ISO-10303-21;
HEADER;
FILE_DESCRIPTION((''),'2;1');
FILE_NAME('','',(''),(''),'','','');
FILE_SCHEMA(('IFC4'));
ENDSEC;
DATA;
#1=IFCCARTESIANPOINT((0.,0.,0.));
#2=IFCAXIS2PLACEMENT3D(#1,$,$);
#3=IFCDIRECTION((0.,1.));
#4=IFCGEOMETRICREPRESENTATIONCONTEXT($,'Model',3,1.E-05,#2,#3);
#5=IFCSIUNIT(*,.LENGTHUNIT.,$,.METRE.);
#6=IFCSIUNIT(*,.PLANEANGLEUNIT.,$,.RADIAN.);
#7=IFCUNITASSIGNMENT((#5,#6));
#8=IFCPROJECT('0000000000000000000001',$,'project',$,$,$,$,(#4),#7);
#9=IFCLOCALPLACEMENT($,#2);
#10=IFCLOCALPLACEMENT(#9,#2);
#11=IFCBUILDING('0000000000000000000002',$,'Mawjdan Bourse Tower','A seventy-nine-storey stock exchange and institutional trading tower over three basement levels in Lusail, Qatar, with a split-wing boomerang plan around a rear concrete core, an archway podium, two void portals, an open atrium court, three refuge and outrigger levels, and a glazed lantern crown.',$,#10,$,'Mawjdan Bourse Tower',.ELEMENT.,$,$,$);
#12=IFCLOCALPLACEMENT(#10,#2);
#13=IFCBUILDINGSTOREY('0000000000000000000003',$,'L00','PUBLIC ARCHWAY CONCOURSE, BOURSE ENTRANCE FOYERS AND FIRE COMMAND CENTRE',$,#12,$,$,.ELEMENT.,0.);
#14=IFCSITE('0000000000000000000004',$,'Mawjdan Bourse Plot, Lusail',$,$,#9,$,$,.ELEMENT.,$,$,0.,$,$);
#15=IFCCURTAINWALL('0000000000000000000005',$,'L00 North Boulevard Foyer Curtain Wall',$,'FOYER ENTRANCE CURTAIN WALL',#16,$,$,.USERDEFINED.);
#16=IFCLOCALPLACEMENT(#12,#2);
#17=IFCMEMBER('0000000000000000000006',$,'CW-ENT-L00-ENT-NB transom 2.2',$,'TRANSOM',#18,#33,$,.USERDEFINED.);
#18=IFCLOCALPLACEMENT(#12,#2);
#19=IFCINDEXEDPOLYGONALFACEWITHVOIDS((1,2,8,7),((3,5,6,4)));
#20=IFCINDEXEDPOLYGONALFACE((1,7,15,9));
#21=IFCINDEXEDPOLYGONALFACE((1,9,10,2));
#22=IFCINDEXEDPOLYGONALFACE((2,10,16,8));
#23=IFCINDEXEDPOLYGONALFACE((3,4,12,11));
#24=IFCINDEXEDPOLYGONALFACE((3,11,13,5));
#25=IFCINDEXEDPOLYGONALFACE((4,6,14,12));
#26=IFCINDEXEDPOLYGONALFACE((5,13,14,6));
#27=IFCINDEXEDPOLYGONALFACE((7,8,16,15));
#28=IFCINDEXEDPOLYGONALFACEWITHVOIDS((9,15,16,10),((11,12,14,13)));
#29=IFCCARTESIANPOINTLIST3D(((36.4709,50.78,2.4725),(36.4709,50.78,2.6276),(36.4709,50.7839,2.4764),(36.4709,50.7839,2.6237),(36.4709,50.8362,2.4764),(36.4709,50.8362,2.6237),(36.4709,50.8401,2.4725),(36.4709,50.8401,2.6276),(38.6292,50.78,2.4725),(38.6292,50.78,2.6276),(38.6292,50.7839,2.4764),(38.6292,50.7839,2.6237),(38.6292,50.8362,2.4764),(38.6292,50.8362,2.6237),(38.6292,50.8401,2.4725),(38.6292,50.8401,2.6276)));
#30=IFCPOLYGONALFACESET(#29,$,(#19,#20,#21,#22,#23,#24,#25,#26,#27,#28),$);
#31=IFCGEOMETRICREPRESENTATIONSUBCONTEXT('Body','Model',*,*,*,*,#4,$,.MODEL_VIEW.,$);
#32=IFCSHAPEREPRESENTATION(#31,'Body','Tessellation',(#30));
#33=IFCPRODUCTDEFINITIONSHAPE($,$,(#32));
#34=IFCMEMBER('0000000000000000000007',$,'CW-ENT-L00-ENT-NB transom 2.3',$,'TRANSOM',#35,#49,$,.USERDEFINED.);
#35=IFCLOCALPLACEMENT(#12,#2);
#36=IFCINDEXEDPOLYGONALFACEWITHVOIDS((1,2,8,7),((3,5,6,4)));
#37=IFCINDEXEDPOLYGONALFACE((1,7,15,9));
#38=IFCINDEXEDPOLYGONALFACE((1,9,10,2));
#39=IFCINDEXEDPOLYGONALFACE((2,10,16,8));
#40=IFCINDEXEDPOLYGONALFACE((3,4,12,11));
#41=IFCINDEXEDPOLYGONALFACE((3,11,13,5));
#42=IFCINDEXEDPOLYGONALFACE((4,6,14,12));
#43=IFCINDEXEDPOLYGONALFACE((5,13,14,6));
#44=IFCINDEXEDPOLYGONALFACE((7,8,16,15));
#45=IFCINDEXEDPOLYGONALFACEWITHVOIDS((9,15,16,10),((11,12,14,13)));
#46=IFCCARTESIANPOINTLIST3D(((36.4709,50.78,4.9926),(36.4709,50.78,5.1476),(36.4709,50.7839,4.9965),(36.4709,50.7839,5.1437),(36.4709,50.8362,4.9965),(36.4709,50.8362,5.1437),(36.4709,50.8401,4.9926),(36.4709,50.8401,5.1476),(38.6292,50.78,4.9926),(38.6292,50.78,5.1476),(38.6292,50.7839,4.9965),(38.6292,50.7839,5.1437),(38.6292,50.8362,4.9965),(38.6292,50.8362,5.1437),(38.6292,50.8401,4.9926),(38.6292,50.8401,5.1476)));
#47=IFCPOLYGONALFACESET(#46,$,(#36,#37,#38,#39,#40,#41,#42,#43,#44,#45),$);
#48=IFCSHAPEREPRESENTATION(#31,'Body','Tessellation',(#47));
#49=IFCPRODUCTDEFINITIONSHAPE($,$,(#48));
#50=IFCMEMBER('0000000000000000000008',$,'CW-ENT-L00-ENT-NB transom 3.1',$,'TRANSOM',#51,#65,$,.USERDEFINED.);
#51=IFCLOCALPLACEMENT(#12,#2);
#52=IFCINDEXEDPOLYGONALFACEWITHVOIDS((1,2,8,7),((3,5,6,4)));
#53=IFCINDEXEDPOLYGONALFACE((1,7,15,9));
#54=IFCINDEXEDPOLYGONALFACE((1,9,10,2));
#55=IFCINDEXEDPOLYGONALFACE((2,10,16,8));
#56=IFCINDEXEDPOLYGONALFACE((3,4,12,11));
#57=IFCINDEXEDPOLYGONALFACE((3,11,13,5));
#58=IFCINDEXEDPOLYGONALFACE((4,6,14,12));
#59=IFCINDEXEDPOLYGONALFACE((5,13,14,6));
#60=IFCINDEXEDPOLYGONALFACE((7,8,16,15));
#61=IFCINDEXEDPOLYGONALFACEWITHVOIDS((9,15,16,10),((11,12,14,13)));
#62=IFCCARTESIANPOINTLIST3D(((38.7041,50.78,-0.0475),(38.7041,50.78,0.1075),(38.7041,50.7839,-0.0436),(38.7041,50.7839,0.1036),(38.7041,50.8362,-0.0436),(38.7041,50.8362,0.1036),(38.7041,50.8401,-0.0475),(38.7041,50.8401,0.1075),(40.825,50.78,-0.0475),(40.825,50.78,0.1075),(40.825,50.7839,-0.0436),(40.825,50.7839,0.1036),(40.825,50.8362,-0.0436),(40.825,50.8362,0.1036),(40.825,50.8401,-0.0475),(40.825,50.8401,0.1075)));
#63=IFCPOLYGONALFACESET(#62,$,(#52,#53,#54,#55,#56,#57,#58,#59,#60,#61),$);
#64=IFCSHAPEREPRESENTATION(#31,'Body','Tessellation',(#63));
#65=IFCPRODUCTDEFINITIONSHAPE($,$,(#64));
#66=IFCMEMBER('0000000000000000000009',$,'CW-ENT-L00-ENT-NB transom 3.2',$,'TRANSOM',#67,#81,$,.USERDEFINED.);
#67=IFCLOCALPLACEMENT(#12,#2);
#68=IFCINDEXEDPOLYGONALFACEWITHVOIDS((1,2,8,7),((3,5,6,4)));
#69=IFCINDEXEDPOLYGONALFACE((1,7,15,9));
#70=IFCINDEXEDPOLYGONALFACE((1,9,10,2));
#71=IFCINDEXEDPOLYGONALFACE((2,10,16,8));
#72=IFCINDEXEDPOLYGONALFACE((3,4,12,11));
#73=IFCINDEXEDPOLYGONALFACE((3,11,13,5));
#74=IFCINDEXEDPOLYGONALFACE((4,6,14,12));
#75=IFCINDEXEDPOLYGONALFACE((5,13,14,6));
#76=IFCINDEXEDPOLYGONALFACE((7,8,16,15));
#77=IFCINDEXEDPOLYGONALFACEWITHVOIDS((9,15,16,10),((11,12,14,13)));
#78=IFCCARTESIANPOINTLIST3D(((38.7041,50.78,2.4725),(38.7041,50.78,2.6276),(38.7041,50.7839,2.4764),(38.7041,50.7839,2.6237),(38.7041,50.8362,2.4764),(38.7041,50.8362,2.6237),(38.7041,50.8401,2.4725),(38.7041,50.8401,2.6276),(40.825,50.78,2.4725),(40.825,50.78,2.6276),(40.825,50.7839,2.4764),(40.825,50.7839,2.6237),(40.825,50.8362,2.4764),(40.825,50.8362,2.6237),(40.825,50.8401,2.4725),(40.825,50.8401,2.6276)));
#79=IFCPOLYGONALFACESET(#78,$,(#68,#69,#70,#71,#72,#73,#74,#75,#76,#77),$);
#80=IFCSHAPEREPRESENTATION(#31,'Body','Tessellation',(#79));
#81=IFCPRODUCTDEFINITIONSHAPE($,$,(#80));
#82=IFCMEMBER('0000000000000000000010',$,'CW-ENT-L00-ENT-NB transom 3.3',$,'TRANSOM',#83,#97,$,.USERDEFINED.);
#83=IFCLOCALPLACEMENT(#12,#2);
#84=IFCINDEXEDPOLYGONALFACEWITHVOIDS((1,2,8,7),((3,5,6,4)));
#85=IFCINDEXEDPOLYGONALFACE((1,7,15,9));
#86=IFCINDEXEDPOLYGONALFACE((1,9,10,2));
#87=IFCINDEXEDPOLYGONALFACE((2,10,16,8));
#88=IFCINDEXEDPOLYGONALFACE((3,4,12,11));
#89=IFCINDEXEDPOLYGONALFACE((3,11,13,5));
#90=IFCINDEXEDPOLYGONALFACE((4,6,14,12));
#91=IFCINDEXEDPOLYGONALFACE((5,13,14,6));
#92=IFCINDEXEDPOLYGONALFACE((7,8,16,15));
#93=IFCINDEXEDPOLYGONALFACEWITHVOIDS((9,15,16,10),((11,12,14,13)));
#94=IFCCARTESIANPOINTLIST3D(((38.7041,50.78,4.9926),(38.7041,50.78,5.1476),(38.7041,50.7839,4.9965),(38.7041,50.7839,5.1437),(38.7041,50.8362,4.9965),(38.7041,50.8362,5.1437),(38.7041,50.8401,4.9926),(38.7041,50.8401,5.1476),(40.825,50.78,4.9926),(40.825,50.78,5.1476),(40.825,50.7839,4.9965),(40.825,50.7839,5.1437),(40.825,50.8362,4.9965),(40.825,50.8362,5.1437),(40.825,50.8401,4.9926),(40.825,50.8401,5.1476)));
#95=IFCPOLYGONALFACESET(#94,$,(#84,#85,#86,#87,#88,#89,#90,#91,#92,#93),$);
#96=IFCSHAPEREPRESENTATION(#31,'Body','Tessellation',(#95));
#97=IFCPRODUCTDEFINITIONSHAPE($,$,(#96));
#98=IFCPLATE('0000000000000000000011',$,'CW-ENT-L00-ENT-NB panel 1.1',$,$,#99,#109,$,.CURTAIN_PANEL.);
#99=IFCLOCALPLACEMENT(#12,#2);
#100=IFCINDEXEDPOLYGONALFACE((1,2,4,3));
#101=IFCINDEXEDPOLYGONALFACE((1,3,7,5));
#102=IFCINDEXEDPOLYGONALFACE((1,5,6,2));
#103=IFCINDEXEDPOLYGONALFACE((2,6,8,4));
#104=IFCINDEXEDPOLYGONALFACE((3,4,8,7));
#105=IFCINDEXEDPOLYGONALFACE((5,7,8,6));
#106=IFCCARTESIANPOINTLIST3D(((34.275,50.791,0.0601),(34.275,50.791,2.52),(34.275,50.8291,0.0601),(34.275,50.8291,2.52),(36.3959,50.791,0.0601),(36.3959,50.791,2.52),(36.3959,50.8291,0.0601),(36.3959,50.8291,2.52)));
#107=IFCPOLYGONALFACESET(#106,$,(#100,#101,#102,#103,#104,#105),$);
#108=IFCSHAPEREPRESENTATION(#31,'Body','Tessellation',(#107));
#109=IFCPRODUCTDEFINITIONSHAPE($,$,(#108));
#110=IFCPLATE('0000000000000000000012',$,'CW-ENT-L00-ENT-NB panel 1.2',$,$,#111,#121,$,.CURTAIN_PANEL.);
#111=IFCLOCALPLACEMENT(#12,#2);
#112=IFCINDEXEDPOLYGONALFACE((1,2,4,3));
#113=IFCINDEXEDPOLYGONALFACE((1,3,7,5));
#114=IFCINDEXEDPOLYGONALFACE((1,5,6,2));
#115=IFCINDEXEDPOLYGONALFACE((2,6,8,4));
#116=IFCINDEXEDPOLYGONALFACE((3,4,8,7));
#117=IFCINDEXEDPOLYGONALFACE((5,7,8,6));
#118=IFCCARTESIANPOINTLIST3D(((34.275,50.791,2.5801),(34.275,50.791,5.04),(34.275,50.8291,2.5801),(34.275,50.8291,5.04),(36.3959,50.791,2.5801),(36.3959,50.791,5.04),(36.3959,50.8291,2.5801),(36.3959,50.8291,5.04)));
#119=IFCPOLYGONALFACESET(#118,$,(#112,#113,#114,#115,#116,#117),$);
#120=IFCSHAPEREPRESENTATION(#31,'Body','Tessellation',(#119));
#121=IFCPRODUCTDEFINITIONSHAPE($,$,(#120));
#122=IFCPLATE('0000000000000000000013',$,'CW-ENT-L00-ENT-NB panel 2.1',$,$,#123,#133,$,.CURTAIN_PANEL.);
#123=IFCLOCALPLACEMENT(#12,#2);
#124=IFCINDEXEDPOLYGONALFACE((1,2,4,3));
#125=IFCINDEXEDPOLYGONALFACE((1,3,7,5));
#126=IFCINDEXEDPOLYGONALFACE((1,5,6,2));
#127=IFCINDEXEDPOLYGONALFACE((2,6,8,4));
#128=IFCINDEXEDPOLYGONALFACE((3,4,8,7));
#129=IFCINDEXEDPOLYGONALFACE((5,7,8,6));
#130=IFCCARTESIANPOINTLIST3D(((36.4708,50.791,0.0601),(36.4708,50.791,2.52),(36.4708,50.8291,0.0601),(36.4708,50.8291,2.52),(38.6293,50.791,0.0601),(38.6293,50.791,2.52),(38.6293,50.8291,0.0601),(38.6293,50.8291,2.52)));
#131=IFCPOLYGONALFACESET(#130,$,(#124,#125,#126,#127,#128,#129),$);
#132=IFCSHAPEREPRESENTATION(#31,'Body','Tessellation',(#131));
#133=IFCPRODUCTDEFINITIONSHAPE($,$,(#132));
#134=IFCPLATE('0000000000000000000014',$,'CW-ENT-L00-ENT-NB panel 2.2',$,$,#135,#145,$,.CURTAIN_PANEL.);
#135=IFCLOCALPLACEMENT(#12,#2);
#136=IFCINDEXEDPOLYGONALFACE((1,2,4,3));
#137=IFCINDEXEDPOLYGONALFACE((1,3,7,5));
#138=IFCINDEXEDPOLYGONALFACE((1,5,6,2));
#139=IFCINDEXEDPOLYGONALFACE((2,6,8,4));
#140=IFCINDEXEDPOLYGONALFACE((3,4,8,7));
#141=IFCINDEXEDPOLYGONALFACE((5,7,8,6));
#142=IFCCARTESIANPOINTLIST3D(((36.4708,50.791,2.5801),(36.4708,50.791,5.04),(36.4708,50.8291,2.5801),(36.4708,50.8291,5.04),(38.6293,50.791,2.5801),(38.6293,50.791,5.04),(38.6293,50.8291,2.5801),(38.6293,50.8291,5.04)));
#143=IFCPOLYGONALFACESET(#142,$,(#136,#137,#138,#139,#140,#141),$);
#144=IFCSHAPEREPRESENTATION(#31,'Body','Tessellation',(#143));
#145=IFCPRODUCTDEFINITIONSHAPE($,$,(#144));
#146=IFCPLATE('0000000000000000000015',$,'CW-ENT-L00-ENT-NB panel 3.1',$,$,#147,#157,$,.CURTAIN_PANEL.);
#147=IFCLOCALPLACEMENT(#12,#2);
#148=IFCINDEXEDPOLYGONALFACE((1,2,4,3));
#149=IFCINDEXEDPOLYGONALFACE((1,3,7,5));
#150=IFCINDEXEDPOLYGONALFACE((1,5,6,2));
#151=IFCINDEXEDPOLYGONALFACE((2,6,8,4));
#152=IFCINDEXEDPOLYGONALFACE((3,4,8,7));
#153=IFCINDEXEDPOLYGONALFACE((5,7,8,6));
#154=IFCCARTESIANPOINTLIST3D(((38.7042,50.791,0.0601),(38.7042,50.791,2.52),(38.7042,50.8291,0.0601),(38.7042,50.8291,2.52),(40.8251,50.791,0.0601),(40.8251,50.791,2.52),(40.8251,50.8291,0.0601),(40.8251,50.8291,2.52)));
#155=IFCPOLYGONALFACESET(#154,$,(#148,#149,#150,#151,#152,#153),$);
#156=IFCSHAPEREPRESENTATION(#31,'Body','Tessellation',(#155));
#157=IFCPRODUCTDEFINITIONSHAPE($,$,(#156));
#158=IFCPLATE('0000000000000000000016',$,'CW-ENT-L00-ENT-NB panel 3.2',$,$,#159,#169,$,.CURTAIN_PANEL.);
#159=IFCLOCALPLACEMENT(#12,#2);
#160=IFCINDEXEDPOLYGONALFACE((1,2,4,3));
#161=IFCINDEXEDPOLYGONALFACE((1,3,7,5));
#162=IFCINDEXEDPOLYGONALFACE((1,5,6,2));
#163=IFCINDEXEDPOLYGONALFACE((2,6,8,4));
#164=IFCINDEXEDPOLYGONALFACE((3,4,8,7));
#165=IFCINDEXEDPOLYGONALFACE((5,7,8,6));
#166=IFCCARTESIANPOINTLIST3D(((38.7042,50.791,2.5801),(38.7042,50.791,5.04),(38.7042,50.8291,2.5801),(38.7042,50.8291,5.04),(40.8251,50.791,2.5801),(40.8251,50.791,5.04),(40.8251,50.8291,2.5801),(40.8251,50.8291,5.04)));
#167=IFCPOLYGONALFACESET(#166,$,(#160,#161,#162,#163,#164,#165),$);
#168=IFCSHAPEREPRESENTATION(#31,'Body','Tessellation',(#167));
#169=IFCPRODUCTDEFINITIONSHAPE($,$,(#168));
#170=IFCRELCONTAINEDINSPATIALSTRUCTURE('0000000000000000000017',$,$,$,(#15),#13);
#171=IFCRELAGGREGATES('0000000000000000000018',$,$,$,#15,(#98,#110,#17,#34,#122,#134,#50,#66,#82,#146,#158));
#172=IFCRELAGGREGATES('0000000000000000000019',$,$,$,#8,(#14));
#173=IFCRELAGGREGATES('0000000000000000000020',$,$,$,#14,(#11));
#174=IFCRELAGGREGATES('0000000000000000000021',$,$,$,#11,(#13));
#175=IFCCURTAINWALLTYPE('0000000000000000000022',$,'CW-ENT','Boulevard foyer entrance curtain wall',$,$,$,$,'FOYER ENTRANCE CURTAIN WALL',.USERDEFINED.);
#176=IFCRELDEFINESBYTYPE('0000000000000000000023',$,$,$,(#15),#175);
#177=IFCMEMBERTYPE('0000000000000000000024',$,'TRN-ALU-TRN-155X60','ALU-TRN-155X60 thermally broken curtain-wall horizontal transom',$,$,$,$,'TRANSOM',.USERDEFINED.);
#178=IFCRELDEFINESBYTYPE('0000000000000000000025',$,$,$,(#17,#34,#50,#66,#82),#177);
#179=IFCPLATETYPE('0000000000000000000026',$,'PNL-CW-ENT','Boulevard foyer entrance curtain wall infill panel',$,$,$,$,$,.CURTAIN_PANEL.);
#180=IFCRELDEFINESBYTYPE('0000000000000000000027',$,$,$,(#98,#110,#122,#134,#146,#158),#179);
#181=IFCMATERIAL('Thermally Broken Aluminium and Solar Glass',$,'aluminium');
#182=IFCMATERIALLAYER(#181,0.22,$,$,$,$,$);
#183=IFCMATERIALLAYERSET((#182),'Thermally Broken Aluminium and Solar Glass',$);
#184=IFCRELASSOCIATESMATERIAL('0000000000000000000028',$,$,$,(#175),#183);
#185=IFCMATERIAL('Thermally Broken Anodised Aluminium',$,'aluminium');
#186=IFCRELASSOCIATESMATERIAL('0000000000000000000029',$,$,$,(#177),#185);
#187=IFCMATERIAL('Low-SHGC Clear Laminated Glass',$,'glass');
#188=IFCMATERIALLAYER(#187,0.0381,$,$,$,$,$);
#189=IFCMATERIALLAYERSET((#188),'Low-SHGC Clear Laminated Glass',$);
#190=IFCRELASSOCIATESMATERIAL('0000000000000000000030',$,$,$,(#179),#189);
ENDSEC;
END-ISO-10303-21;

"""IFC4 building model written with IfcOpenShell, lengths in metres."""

from ifc_helpers import new_model, si_unit, direction, frame, origin, origin_2d, place, context, subcontext, project, spatial, rectangle, hollow_rectangle, extrude, material, layer, layer_set, material_profile, profile_set, type_object, element, aggregate, save


model = new_model("IFC4")

# Units and contexts
model_context = context("Model", 3, precision=1e-05, world=origin(), true_north=direction((0.0, 1.0)))
body_context = subcontext(model_context, "Body", "Model", "MODEL_VIEW")
ifc_project = project(units=[si_unit("LENGTHUNIT", "METRE"), si_unit("PLANEANGLEUNIT", "RADIAN")], contexts=[model_context])

# Site, building, storey
site_placement = place(None, origin())
site = spatial("IfcSite", under=ifc_project, at=site_placement, Name="Mawjdan Bourse Plot, Lusail", CompositionType="ELEMENT", RefElevation=0.0)
building_placement = place(site_placement, origin())
building = spatial("IfcBuilding", under=site, at=building_placement, Name="Mawjdan Bourse Tower", Description="A seventy-nine-storey stock exchange and institutional trading tower over three basement levels in Lusail, Qatar, with a split-wing boomerang plan around a rear concrete core, an archway podium, two void portals, an open atrium court, three refuge and outrigger levels, and a glazed lantern crown.", LongName="Mawjdan Bourse Tower", CompositionType="ELEMENT")
storey_placement = place(building_placement, origin())
storey = spatial("IfcBuildingStorey", under=building, at=storey_placement, Name="L00", Description="PUBLIC ARCHWAY CONCOURSE, BOURSE ENTRANCE FOYERS AND FIRE COMMAND CENTRE", CompositionType="ELEMENT", Elevation=0.0)

# Curtain wall, members, plates
ifc_material_1 = material(Name="Thermally Broken Aluminium and Solar Glass", Category="aluminium")
ifc_layer_1 = layer(ifc_material_1, 0.22)
ifc_layer_set_1 = layer_set([ifc_layer_1], Name="Thermally Broken Aluminium and Solar Glass")
curtain_wall_type = type_object("IfcCurtainWallType", Name="CW-ENT", Description="Boulevard foyer entrance curtain wall", ElementType="FOYER ENTRANCE CURTAIN WALL", PredefinedType="USERDEFINED", material=ifc_layer_set_1)
curtain_wall_placement = place(storey_placement, origin())
curtain_wall = element("IfcCurtainWall", 1, at=curtain_wall_placement, inside=storey, type_object=curtain_wall_type, Name="L00 North Boulevard Foyer Curtain Wall", ObjectType="FOYER ENTRANCE CURTAIN WALL", PredefinedType="USERDEFINED")
ifc_material_2 = material(Name="Thermally Broken Anodised Aluminium", Category="aluminium")
ifc_material_profile_1 = material_profile(ifc_material_2, hollow_rectangle(XDim=0.0601, YDim=0.155, WallThickness=0.0039, at=origin_2d()), Name="ALU-TRN-155X60")
ifc_profile_set_1 = profile_set([ifc_material_profile_1], Name="Thermally Broken Anodised Aluminium")
member_type_1 = type_object("IfcMemberType", Name="TRN-ALU-TRN-155X60", Description="ALU-TRN-155X60 thermally broken curtain-wall horizontal transom", ElementType="TRANSOM", PredefinedType="USERDEFINED", material=ifc_profile_set_1)
member_1_placement = place(storey_placement, frame((36.4709, 50.8101, 2.55), z_axis=(1.0, 0.0, 0.0), x_axis=(0.0, 1.0, 0.0)))
member_1 = element("IfcMember", 2, at=member_1_placement, type_object=member_type_1, Name="CW-ENT-L00-ENT-NB transom 2.2", ObjectType="TRANSOM", PredefinedType="USERDEFINED", context=body_context, shape_type="SweptSolid", body=[
    extrude(hollow_rectangle(XDim=0.0601, YDim=0.155, WallThickness=0.0039, at=origin_2d()), origin(), (0.0, 0.0, 1.0), 2.1582),
])
member_2_placement = place(storey_placement, frame((36.4709, 50.8101, 5.0701), z_axis=(1.0, 0.0, 0.0), x_axis=(0.0, 1.0, 0.0)))
member_2 = element("IfcMember", 3, at=member_2_placement, type_object=member_type_1, Name="CW-ENT-L00-ENT-NB transom 2.3", ObjectType="TRANSOM", PredefinedType="USERDEFINED", context=body_context, shape_type="SweptSolid", body=[
    extrude(hollow_rectangle(XDim=0.0601, YDim=0.155, WallThickness=0.0039, at=origin_2d()), origin(), (0.0, 0.0, 1.0), 2.1582),
])
member_3_placement = place(storey_placement, frame((38.7041, 50.8101, 0.03), z_axis=(1.0, 0.0, 0.0), x_axis=(0.0, 1.0, 0.0)))
member_3 = element("IfcMember", 4, at=member_3_placement, type_object=member_type_1, Name="CW-ENT-L00-ENT-NB transom 3.1", ObjectType="TRANSOM", PredefinedType="USERDEFINED", context=body_context, shape_type="SweptSolid", body=[
    extrude(hollow_rectangle(XDim=0.0601, YDim=0.155, WallThickness=0.0039, at=origin_2d()), origin(), (0.0, 0.0, 1.0), 2.1208),
])
member_4_placement = place(storey_placement, frame((38.7041, 50.8101, 2.55), z_axis=(1.0, 0.0, 0.0), x_axis=(0.0, 1.0, 0.0)))
member_4 = element("IfcMember", 5, at=member_4_placement, type_object=member_type_1, Name="CW-ENT-L00-ENT-NB transom 3.2", ObjectType="TRANSOM", PredefinedType="USERDEFINED", context=body_context, shape_type="SweptSolid", body=[
    extrude(hollow_rectangle(XDim=0.0601, YDim=0.155, WallThickness=0.0039, at=origin_2d()), origin(), (0.0, 0.0, 1.0), 2.1208),
])
member_5_placement = place(storey_placement, frame((38.7041, 50.8101, 5.0701), z_axis=(1.0, 0.0, 0.0), x_axis=(0.0, 1.0, 0.0)))
member_5 = element("IfcMember", 6, at=member_5_placement, type_object=member_type_1, Name="CW-ENT-L00-ENT-NB transom 3.3", ObjectType="TRANSOM", PredefinedType="USERDEFINED", context=body_context, shape_type="SweptSolid", body=[
    extrude(hollow_rectangle(XDim=0.0601, YDim=0.155, WallThickness=0.0039, at=origin_2d()), origin(), (0.0, 0.0, 1.0), 2.1208),
])
ifc_material_3 = material(Name="Low-SHGC Clear Laminated Glass", Category="glass")
ifc_layer_2 = layer(ifc_material_3, 0.0381)
ifc_layer_set_2 = layer_set([ifc_layer_2], Name="Low-SHGC Clear Laminated Glass")
plate_type = type_object("IfcPlateType", Name="PNL-CW-ENT", Description="Boulevard foyer entrance curtain wall infill panel", PredefinedType="CURTAIN_PANEL", material=ifc_layer_set_2)
plate_1_placement = place(storey_placement, frame((35.3354, 50.8101, 0.0601), z_axis=(0.0, 0.0, 1.0), x_axis=(1.0, 0.0, 0.0)))
plate_1 = element("IfcPlate", 7, at=plate_1_placement, type_object=plate_type, Name="CW-ENT-L00-ENT-NB panel 1.1", PredefinedType="CURTAIN_PANEL", context=body_context, shape_type="SweptSolid", body=[
    extrude(rectangle(XDim=2.1208, YDim=0.0381, at=origin_2d()), origin(), (0.0, 0.0, 1.0), 2.46),
])
plate_2_placement = place(storey_placement, frame((35.3354, 50.8101, 2.5801), z_axis=(0.0, 0.0, 1.0), x_axis=(1.0, 0.0, 0.0)))
plate_2 = element("IfcPlate", 8, at=plate_2_placement, type_object=plate_type, Name="CW-ENT-L00-ENT-NB panel 1.2", PredefinedType="CURTAIN_PANEL", context=body_context, shape_type="SweptSolid", body=[
    extrude(rectangle(XDim=2.1208, YDim=0.0381, at=origin_2d()), origin(), (0.0, 0.0, 1.0), 2.46),
])
plate_3_placement = place(storey_placement, frame((37.55, 50.8101, 0.0601), z_axis=(0.0, 0.0, 1.0), x_axis=(1.0, 0.0, 0.0)))
plate_3 = element("IfcPlate", 9, at=plate_3_placement, type_object=plate_type, Name="CW-ENT-L00-ENT-NB panel 2.1", PredefinedType="CURTAIN_PANEL", context=body_context, shape_type="SweptSolid", body=[
    extrude(rectangle(XDim=2.1584, YDim=0.0381, at=origin_2d()), origin(), (0.0, 0.0, 1.0), 2.46),
])
plate_4_placement = place(storey_placement, frame((37.55, 50.8101, 2.5801), z_axis=(0.0, 0.0, 1.0), x_axis=(1.0, 0.0, 0.0)))
plate_4 = element("IfcPlate", 10, at=plate_4_placement, type_object=plate_type, Name="CW-ENT-L00-ENT-NB panel 2.2", PredefinedType="CURTAIN_PANEL", context=body_context, shape_type="SweptSolid", body=[
    extrude(rectangle(XDim=2.1584, YDim=0.0381, at=origin_2d()), origin(), (0.0, 0.0, 1.0), 2.46),
])
plate_5_placement = place(storey_placement, frame((39.7646, 50.8101, 0.0601), z_axis=(0.0, 0.0, 1.0), x_axis=(1.0, 0.0, 0.0)))
plate_5 = element("IfcPlate", 11, at=plate_5_placement, type_object=plate_type, Name="CW-ENT-L00-ENT-NB panel 3.1", PredefinedType="CURTAIN_PANEL", context=body_context, shape_type="SweptSolid", body=[
    extrude(rectangle(XDim=2.1208, YDim=0.0381, at=origin_2d()), origin(), (0.0, 0.0, 1.0), 2.46),
])
plate_6_placement = place(storey_placement, frame((39.7646, 50.8101, 2.5801), z_axis=(0.0, 0.0, 1.0), x_axis=(1.0, 0.0, 0.0)))
plate_6 = element("IfcPlate", 12, at=plate_6_placement, type_object=plate_type, Name="CW-ENT-L00-ENT-NB panel 3.2", PredefinedType="CURTAIN_PANEL", context=body_context, shape_type="SweptSolid", body=[
    extrude(rectangle(XDim=2.1208, YDim=0.0381, at=origin_2d()), origin(), (0.0, 0.0, 1.0), 2.46),
])
aggregate(curtain_wall, [plate_1, plate_2, member_1, member_2, plate_3, plate_4, member_3, member_4, member_5, plate_5, plate_6])

save(model, "model.ifc")
